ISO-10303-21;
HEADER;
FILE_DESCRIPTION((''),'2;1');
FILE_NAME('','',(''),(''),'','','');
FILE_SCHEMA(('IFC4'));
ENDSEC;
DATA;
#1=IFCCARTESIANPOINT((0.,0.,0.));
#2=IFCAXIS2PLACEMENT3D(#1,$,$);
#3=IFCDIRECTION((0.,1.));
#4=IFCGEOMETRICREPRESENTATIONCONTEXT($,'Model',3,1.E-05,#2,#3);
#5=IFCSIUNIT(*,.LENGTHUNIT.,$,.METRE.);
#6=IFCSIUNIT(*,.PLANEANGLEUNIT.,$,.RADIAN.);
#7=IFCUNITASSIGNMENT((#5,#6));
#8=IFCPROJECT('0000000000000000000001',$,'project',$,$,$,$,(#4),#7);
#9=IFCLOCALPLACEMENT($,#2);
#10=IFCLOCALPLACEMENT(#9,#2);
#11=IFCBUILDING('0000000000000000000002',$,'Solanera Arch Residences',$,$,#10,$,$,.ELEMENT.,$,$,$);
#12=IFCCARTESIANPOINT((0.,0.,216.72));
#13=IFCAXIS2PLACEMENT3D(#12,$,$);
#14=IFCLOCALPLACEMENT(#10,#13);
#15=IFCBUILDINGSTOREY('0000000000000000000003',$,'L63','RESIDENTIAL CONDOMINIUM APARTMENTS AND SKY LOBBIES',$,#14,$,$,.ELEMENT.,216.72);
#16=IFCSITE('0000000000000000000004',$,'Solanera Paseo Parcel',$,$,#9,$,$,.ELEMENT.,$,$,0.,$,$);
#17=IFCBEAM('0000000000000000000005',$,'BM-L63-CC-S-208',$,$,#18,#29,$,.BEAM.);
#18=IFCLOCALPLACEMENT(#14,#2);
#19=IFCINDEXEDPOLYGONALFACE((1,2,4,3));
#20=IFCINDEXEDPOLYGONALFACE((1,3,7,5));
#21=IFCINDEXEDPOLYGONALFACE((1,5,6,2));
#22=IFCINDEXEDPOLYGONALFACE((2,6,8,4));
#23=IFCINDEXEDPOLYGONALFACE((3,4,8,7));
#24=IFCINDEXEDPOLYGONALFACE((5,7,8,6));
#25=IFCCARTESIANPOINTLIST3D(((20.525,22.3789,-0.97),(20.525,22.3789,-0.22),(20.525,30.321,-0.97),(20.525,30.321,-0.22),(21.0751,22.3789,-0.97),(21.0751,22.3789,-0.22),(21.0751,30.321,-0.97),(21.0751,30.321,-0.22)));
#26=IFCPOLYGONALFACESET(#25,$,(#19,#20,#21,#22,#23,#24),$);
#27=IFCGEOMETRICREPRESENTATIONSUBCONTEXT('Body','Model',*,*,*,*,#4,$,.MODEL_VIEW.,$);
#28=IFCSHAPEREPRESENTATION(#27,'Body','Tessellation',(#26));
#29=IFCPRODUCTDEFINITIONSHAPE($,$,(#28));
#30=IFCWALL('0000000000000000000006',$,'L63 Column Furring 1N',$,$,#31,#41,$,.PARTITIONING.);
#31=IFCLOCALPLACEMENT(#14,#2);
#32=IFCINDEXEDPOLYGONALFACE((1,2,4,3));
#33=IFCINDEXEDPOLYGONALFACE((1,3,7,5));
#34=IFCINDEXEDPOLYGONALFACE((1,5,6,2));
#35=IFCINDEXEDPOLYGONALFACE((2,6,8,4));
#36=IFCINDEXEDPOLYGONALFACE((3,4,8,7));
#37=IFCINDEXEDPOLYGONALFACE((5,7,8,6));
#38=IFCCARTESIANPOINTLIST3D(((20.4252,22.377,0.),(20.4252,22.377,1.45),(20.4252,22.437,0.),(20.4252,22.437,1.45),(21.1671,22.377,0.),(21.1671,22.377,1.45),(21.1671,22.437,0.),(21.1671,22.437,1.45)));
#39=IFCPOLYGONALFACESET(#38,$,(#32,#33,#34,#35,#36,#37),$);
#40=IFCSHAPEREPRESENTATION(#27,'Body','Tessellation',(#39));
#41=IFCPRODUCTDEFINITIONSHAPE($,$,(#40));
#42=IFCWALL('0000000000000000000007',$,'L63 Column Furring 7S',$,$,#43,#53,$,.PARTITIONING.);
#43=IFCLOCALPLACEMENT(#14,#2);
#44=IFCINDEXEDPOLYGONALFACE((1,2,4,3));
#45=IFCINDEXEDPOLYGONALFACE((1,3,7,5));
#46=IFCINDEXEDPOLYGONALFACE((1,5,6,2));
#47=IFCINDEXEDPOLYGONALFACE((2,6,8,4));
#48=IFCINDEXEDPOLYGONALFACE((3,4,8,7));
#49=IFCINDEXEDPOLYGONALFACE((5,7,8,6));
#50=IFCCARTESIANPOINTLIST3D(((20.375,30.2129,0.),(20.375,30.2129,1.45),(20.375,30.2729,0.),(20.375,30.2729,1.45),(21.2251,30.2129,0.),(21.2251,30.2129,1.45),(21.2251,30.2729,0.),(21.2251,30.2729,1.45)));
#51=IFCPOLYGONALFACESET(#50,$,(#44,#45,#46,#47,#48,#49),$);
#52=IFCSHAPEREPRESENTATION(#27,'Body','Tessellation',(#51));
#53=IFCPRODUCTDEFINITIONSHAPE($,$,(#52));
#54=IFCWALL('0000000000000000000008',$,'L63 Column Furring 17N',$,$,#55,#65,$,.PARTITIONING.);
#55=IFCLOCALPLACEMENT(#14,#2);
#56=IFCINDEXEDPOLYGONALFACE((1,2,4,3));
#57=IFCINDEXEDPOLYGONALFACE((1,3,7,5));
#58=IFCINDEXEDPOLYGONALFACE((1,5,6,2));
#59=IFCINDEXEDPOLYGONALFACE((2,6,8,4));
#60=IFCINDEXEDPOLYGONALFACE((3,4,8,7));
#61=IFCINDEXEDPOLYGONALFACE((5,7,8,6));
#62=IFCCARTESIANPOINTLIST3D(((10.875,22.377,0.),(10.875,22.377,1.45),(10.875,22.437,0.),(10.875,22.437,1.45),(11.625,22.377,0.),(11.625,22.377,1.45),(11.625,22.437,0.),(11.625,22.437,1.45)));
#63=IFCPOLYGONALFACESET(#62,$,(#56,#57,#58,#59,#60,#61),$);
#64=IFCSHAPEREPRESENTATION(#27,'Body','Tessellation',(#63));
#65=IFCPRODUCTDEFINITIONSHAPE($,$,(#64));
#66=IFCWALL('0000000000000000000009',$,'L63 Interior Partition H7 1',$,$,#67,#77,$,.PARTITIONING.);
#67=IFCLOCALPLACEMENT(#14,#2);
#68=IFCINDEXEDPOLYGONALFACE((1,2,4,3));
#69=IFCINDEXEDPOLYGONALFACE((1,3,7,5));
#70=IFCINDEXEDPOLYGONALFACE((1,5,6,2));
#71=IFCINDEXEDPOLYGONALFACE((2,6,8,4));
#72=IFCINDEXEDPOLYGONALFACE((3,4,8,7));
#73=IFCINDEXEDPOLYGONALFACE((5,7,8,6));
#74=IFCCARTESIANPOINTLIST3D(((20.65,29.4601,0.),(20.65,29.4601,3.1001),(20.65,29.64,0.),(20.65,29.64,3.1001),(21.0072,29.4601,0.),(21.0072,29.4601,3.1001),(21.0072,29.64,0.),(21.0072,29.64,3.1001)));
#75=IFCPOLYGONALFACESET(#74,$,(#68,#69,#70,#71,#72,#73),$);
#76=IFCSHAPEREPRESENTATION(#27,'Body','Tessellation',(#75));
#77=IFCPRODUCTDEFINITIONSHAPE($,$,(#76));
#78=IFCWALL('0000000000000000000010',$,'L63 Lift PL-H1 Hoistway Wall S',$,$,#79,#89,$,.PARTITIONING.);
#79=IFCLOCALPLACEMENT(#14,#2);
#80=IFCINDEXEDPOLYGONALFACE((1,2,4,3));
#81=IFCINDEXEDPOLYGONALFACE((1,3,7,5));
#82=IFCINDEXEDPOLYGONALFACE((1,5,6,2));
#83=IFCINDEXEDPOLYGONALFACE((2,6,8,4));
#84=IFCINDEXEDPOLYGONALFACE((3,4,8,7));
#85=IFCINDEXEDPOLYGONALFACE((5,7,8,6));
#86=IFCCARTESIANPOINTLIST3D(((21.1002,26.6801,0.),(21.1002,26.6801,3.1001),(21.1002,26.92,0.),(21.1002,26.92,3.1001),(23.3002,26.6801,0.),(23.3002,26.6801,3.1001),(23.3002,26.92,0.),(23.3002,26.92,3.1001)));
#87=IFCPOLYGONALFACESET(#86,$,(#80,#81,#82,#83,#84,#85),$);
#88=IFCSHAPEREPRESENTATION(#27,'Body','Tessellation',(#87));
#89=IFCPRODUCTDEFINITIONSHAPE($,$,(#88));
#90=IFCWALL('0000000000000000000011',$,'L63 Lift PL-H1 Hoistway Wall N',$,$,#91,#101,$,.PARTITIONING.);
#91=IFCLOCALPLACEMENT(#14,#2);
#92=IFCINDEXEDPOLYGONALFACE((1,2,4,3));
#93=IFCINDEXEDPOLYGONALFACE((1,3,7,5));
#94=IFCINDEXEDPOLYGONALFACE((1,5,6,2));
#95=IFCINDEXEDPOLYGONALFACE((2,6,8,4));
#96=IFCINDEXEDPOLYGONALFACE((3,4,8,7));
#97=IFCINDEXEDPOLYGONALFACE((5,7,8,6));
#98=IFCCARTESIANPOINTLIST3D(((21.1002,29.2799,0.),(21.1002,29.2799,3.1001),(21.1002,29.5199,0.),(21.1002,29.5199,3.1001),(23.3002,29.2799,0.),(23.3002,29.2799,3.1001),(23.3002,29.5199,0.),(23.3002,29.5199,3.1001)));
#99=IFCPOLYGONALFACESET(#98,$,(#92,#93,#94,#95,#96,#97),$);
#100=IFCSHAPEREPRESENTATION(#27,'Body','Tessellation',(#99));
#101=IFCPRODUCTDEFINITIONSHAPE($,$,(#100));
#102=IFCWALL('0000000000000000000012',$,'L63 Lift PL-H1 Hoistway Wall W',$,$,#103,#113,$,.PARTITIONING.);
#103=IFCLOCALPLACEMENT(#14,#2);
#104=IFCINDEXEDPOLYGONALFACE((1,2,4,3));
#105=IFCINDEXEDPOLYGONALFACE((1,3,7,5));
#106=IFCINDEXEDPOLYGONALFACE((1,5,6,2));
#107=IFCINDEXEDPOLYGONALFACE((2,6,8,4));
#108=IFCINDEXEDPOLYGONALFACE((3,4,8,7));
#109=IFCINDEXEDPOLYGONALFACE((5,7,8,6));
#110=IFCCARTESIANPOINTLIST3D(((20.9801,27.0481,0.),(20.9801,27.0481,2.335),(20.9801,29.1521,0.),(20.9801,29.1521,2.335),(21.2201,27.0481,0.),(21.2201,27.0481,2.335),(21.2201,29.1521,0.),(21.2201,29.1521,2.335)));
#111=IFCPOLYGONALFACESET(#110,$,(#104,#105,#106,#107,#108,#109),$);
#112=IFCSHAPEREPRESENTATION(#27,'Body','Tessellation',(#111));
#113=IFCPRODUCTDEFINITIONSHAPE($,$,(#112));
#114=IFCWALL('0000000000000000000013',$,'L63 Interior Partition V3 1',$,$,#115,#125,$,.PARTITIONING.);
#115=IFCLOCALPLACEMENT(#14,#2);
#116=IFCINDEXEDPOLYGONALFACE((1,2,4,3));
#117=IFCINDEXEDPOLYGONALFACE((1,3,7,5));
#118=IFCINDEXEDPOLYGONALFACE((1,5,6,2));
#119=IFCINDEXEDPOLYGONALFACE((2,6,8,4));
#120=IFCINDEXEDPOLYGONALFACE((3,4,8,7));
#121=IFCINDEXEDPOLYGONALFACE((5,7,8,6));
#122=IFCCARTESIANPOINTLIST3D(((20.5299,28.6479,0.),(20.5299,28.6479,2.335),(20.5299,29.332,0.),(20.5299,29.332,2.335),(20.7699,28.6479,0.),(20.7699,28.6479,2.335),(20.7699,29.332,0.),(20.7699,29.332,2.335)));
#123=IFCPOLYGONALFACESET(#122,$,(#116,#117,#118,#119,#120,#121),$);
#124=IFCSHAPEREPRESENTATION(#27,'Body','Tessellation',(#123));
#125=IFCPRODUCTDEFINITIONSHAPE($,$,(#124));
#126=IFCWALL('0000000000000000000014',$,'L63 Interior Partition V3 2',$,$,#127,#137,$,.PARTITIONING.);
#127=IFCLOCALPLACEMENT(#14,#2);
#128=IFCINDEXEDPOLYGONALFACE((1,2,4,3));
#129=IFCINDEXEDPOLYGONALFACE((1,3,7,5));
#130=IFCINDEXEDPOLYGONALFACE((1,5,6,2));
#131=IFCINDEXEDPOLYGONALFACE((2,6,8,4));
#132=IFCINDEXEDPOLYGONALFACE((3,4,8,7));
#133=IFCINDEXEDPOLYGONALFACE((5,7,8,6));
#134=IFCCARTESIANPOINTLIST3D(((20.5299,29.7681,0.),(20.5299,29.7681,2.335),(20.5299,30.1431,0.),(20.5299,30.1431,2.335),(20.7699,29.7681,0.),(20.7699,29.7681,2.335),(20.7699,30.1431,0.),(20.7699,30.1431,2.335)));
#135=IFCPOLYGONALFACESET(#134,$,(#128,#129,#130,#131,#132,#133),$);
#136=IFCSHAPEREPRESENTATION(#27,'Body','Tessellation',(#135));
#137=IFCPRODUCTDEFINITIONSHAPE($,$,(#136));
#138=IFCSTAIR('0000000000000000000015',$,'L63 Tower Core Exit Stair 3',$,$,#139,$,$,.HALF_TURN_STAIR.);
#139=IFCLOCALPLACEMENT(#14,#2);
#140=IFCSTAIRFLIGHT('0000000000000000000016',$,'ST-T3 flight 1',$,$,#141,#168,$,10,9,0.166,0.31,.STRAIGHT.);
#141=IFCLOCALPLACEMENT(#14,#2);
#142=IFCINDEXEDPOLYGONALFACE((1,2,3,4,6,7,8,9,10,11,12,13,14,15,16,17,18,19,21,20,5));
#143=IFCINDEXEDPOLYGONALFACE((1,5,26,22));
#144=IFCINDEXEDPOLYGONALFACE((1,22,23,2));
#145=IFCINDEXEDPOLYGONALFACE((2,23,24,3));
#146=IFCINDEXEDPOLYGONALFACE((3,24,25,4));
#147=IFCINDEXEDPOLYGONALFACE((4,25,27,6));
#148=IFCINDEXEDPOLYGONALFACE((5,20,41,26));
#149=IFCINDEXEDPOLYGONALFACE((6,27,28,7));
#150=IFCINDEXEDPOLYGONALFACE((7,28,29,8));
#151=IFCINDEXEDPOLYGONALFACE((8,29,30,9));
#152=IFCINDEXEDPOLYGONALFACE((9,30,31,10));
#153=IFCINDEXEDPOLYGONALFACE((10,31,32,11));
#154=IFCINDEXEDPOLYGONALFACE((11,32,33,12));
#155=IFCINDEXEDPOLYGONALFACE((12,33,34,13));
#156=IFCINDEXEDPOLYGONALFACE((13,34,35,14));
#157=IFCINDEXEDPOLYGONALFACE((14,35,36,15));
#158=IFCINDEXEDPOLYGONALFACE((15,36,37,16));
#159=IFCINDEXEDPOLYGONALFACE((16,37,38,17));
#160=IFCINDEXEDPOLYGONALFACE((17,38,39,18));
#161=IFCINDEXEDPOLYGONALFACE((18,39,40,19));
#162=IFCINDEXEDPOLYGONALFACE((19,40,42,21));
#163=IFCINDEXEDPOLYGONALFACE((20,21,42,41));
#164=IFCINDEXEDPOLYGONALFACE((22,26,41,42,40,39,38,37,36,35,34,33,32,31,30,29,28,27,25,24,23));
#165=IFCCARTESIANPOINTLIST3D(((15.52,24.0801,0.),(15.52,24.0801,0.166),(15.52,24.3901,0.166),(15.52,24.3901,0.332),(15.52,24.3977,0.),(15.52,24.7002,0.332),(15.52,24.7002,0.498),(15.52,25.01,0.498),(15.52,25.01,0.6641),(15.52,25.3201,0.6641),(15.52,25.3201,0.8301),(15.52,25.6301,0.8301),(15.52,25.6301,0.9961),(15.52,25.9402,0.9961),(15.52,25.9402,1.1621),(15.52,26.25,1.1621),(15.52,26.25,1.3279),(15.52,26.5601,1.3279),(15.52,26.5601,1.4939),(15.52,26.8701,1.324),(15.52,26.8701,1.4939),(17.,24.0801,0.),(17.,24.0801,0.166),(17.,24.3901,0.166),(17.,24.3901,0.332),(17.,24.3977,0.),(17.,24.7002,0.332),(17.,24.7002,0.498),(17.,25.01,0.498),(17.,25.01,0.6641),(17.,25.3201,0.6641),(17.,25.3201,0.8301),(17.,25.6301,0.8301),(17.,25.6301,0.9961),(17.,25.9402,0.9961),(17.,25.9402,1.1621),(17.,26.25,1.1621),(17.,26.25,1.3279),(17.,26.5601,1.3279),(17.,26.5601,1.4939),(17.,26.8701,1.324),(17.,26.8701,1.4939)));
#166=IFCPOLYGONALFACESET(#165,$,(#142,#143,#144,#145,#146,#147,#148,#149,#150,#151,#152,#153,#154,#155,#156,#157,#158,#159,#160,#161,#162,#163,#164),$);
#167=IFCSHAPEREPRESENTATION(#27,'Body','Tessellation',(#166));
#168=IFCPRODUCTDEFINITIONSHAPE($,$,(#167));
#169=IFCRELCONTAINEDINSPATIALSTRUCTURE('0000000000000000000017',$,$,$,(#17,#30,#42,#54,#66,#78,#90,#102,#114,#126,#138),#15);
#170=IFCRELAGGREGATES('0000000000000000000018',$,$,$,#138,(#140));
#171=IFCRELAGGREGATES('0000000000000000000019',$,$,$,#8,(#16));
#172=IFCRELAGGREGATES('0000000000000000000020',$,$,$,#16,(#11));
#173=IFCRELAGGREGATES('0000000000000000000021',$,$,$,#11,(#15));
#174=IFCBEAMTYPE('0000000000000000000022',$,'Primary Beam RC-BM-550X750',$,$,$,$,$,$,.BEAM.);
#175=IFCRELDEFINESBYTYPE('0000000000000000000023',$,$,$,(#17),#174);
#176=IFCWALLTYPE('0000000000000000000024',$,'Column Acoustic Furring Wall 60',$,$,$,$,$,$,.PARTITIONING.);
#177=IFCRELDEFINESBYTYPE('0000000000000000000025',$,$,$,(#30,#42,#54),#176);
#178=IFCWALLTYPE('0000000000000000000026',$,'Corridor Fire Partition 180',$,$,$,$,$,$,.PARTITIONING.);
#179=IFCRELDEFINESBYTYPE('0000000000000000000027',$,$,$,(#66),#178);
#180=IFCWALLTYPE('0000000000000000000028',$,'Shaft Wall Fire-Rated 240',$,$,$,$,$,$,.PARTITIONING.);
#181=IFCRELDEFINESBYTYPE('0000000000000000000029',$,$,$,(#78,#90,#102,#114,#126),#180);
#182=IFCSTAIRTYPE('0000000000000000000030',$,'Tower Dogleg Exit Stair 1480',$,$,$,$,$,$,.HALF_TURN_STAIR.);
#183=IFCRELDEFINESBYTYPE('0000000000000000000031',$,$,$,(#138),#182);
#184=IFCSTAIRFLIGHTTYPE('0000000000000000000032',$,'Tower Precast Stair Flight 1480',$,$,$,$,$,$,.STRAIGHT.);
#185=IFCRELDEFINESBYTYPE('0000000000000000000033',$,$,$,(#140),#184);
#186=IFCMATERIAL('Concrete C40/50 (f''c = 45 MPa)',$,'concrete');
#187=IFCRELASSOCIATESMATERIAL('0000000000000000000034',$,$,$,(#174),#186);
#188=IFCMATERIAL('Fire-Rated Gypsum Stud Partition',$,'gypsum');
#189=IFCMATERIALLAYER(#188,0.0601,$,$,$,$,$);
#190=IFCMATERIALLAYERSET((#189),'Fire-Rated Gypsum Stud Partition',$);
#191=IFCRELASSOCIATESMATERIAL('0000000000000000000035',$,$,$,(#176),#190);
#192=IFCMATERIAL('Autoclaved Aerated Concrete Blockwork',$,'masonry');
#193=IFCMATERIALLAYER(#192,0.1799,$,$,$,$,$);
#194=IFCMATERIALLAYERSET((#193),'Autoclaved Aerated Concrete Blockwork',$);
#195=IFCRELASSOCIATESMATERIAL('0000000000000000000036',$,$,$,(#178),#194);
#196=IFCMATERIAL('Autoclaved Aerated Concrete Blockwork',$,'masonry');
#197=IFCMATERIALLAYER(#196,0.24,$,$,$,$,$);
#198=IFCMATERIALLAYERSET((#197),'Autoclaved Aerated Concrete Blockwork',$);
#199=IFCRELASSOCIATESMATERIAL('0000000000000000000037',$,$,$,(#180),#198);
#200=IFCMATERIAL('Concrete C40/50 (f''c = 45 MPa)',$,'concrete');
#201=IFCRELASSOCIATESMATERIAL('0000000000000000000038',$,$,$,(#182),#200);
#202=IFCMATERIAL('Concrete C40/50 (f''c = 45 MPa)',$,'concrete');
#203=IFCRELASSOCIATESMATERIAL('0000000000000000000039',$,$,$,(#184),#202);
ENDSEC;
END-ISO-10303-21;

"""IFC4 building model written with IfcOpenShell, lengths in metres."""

from ifc_helpers import new_model, si_unit, direction, frame, frame_2d, origin, origin_2d, place, context, subcontext, project, spatial, polyline, rectangle, outline, extrude, material, layer, layer_set, material_profile, profile_set, type_object, element, aggregate, save


model = new_model("IFC4")

# Units and contexts
model_context = context("Model", 3, precision=1e-05, world=origin(), true_north=direction((0.0, 1.0)))
body_context = subcontext(model_context, "Body", "Model", "MODEL_VIEW")
ifc_project = project(units=[si_unit("LENGTHUNIT", "METRE"), si_unit("PLANEANGLEUNIT", "RADIAN")], contexts=[model_context])

# Site, building, storey
site_placement = place(None, origin())
site = spatial("IfcSite", under=ifc_project, at=site_placement, Name="Solanera Paseo Parcel", CompositionType="ELEMENT", RefElevation=0.0)
building_placement = place(site_placement, origin())
building = spatial("IfcBuilding", under=site, at=building_placement, Name="Solanera Arch Residences", CompositionType="ELEMENT")
storey_placement = place(building_placement, frame((0.0, 0.0, 216.72)))
storey = spatial("IfcBuildingStorey", under=building, at=storey_placement, Name="L63", Description="RESIDENTIAL CONDOMINIUM APARTMENTS AND SKY LOBBIES", CompositionType="ELEMENT", Elevation=216.72)

# Beam
ifc_material_1 = material(Name="Concrete C40/50 (f'c = 45 MPa)", Category="concrete")
ifc_material_profile = material_profile(ifc_material_1, rectangle(XDim=0.55, YDim=0.75, at=origin_2d()))
ifc_profile_set = profile_set([ifc_material_profile], Name="Concrete C40/50 (f'c = 45 MPa)")
beam_type = type_object("IfcBeamType", Name="Primary Beam RC-BM-550X750", PredefinedType="BEAM", material=ifc_profile_set)
beam_placement = place(storey_placement, frame((20.8, 22.3789, -0.595), z_axis=(0.0, 1.0, 0.0), x_axis=(-1.0, 0.0, 0.0)))
element("IfcBeam", 1, at=beam_placement, inside=storey, type_object=beam_type, Name="BM-L63-CC-S-208", PredefinedType="BEAM", context=body_context, shape_type="SweptSolid", body=[
    extrude(rectangle(XDim=0.55, YDim=0.75, at=origin_2d()), origin(), (0.0, 0.0, 1.0), 7.9421),
])

# Walls
ifc_material_2 = material(Name="Fire-Rated Gypsum Stud Partition", Category="gypsum")
ifc_layer_1 = layer(ifc_material_2, 0.0601)
ifc_layer_set_1 = layer_set([ifc_layer_1], Name="Fire-Rated Gypsum Stud Partition")
wall_type_1 = type_object("IfcWallType", Name="Column Acoustic Furring Wall 60", PredefinedType="PARTITIONING", material=ifc_layer_set_1)
wall_1_placement = place(storey_placement, frame((20.425, 22.407, 0.0), z_axis=(0.0, 0.0, 1.0), x_axis=(1.0, 0.0, 0.0)))
element("IfcWall", 2, at=wall_1_placement, inside=storey, type_object=wall_type_1, Name="L63 Column Furring 1N", PredefinedType="PARTITIONING", context=body_context, shape_type="SweptSolid", body=[
    extrude(rectangle(XDim=0.7419, YDim=0.0601, at=frame_2d((0.3711, 0.0))), origin(), (0.0, 0.0, 1.0), 1.45),
])
wall_2_placement = place(storey_placement, frame((20.375, 30.2429, 0.0), z_axis=(0.0, 0.0, 1.0), x_axis=(1.0, 0.0, 0.0)))
element("IfcWall", 3, at=wall_2_placement, inside=storey, type_object=wall_type_1, Name="L63 Column Furring 7S", PredefinedType="PARTITIONING", context=body_context, shape_type="SweptSolid", body=[
    extrude(rectangle(XDim=0.8501, YDim=0.0601, at=frame_2d((0.425, 0.0))), origin(), (0.0, 0.0, 1.0), 1.45),
])
wall_3_placement = place(storey_placement, frame((10.875, 22.407, 0.0), z_axis=(0.0, 0.0, 1.0), x_axis=(1.0, 0.0, 0.0)))
element("IfcWall", 4, at=wall_3_placement, inside=storey, type_object=wall_type_1, Name="L63 Column Furring 17N", PredefinedType="PARTITIONING", context=body_context, shape_type="SweptSolid", body=[
    extrude(rectangle(XDim=0.75, YDim=0.0601, at=frame_2d((0.375, 0.0))), origin(), (0.0, 0.0, 1.0), 1.45),
])

# Walls
ifc_material_3 = material(Name="Autoclaved Aerated Concrete Blockwork", Category="masonry")
ifc_layer_2 = layer(ifc_material_3, 0.1799)
ifc_layer_set_2 = layer_set([ifc_layer_2], Name="Autoclaved Aerated Concrete Blockwork")
wall_type_2 = type_object("IfcWallType", Name="Corridor Fire Partition 180", PredefinedType="PARTITIONING", material=ifc_layer_set_2)
wall_4_placement = place(storey_placement, frame((20.6499, 29.55, 0.0), z_axis=(0.0, 0.0, 1.0), x_axis=(1.0, 0.0, 0.0)))
element("IfcWall", 5, at=wall_4_placement, inside=storey, type_object=wall_type_2, Name="L63 Interior Partition H7 1", PredefinedType="PARTITIONING", context=body_context, shape_type="SweptSolid", body=[
    extrude(rectangle(XDim=0.3572, YDim=0.1799, at=frame_2d((0.1787, 0.0))), origin(), (0.0, 0.0, 1.0), 3.1001),
])
ifc_material_4 = material(Name="Autoclaved Aerated Concrete Blockwork", Category="masonry")
ifc_layer_3 = layer(ifc_material_4, 0.24)
ifc_layer_set_3 = layer_set([ifc_layer_3], Name="Autoclaved Aerated Concrete Blockwork")
wall_type_3 = type_object("IfcWallType", Name="Shaft Wall Fire-Rated 240", PredefinedType="PARTITIONING", material=ifc_layer_set_3)
for number, where, z_axis, x_axis, name in (
    (6, (21.1001, 26.8, 0.0), (0.0, 0.0, 1.0), (1.0, 0.0, 0.0), "L63 Lift PL-H1 Hoistway Wall S"),
    (7, (21.1001, 29.3999, 0.0), (0.0, 0.0, 1.0), (1.0, 0.0, 0.0), "L63 Lift PL-H1 Hoistway Wall N"),
):
    element("IfcWall", number, at=place(storey_placement, frame(where, z_axis=z_axis, x_axis=x_axis)), inside=storey, type_object=wall_type_3, Name=name, PredefinedType="PARTITIONING", context=body_context, shape_type="SweptSolid", body=[
        extrude(rectangle(XDim=2.2, YDim=0.24, at=frame_2d((1.1001, 0.0))), origin(), (0.0, 0.0, 1.0), 3.1001),
    ])
wall_5_placement = place(storey_placement, frame((21.1001, 27.0481, 0.0), z_axis=(0.0, 0.0, 1.0), x_axis=(0.0, 1.0, 0.0)))
element("IfcWall", 8, at=wall_5_placement, inside=storey, type_object=wall_type_3, Name="L63 Lift PL-H1 Hoistway Wall W", PredefinedType="PARTITIONING", context=body_context, shape_type="SweptSolid", body=[
    extrude(rectangle(XDim=2.104, YDim=0.24, at=frame_2d((1.052, 0.0))), origin(), (0.0, 0.0, 1.0), 2.335),
])

# Walls
wall_6_placement = place(storey_placement, frame((20.6499, 28.6479, 0.0), z_axis=(0.0, 0.0, 1.0), x_axis=(0.0, 1.0, 0.0)))
element("IfcWall", 9, at=wall_6_placement, inside=storey, type_object=wall_type_3, Name="L63 Interior Partition V3 1", PredefinedType="PARTITIONING", context=body_context, shape_type="SweptSolid", body=[
    extrude(rectangle(XDim=0.6841, YDim=0.24, at=frame_2d((0.342, 0.0))), origin(), (0.0, 0.0, 1.0), 2.335),
])
wall_7_placement = place(storey_placement, frame((20.6499, 29.7681, 0.0), z_axis=(0.0, 0.0, 1.0), x_axis=(0.0, 1.0, 0.0)))
element("IfcWall", 10, at=wall_7_placement, inside=storey, type_object=wall_type_3, Name="L63 Interior Partition V3 2", PredefinedType="PARTITIONING", context=body_context, shape_type="SweptSolid", body=[
    extrude(rectangle(XDim=0.375, YDim=0.24, at=frame_2d((0.1875, 0.0))), origin(), (0.0, 0.0, 1.0), 2.335),
])

# Stair, stair flight
ifc_material_5 = material(Name="Concrete C40/50 (f'c = 45 MPa)", Category="concrete")
stair_type = type_object("IfcStairType", Name="Tower Dogleg Exit Stair 1480", PredefinedType="HALF_TURN_STAIR", material=ifc_material_5)
stair_placement = place(storey_placement, origin())
stair = element("IfcStair", 11, at=stair_placement, inside=storey, type_object=stair_type, Name="L63 Tower Core Exit Stair 3", PredefinedType="HALF_TURN_STAIR")
ifc_material_6 = material(Name="Concrete C40/50 (f'c = 45 MPa)", Category="concrete")
stair_flight_type = type_object("IfcStairFlightType", Name="Tower Precast Stair Flight 1480", PredefinedType="STRAIGHT", material=ifc_material_6)
stair_flight_1_placement = place(storey_placement, frame((16.26, 24.0801, 0.0), z_axis=(0.0, 0.0, 1.0), x_axis=(0.0, 1.0, 0.0)))
stair_flight_1 = element("IfcStairFlight", 12, at=stair_flight_1_placement, type_object=stair_flight_type, Name="ST-T3 flight 1", NumberOfRisers=10, NumberOfTreads=9, PredefinedType="STRAIGHT", RiserHeight=0.166, TreadLength=0.31, context=body_context, shape_type="SweptSolid", body=[
    extrude(outline(polyline([(0.0, 0.0), (0.0, 0.166), (0.3101, 0.166), (0.3101, 0.332), (0.6201, 0.332), (0.6201, 0.498), (0.9299, 0.498), (0.9299, 0.6641), (1.24, 0.6641), (1.24, 0.8301), (1.55, 0.8301), (1.55, 0.9961), (1.8601, 0.9961), (1.8601, 1.1621), (2.1699, 1.1621), (2.1699, 1.3279), (2.48, 1.3279), (2.48, 1.4939), (2.79, 1.4939), (2.79, 1.6599), (2.79, 1.324), (0.3176, 0.0), (0.0, 0.0)])), frame((0.0, 0.74, 0.0), z_axis=(0.0, -1.0, 0.0), x_axis=(1.0, 0.0, 0.0)), (0.0, 0.0, 1.0), 1.48),
])
aggregate(stair, [stair_flight_1])

save(model, "model.ifc")
